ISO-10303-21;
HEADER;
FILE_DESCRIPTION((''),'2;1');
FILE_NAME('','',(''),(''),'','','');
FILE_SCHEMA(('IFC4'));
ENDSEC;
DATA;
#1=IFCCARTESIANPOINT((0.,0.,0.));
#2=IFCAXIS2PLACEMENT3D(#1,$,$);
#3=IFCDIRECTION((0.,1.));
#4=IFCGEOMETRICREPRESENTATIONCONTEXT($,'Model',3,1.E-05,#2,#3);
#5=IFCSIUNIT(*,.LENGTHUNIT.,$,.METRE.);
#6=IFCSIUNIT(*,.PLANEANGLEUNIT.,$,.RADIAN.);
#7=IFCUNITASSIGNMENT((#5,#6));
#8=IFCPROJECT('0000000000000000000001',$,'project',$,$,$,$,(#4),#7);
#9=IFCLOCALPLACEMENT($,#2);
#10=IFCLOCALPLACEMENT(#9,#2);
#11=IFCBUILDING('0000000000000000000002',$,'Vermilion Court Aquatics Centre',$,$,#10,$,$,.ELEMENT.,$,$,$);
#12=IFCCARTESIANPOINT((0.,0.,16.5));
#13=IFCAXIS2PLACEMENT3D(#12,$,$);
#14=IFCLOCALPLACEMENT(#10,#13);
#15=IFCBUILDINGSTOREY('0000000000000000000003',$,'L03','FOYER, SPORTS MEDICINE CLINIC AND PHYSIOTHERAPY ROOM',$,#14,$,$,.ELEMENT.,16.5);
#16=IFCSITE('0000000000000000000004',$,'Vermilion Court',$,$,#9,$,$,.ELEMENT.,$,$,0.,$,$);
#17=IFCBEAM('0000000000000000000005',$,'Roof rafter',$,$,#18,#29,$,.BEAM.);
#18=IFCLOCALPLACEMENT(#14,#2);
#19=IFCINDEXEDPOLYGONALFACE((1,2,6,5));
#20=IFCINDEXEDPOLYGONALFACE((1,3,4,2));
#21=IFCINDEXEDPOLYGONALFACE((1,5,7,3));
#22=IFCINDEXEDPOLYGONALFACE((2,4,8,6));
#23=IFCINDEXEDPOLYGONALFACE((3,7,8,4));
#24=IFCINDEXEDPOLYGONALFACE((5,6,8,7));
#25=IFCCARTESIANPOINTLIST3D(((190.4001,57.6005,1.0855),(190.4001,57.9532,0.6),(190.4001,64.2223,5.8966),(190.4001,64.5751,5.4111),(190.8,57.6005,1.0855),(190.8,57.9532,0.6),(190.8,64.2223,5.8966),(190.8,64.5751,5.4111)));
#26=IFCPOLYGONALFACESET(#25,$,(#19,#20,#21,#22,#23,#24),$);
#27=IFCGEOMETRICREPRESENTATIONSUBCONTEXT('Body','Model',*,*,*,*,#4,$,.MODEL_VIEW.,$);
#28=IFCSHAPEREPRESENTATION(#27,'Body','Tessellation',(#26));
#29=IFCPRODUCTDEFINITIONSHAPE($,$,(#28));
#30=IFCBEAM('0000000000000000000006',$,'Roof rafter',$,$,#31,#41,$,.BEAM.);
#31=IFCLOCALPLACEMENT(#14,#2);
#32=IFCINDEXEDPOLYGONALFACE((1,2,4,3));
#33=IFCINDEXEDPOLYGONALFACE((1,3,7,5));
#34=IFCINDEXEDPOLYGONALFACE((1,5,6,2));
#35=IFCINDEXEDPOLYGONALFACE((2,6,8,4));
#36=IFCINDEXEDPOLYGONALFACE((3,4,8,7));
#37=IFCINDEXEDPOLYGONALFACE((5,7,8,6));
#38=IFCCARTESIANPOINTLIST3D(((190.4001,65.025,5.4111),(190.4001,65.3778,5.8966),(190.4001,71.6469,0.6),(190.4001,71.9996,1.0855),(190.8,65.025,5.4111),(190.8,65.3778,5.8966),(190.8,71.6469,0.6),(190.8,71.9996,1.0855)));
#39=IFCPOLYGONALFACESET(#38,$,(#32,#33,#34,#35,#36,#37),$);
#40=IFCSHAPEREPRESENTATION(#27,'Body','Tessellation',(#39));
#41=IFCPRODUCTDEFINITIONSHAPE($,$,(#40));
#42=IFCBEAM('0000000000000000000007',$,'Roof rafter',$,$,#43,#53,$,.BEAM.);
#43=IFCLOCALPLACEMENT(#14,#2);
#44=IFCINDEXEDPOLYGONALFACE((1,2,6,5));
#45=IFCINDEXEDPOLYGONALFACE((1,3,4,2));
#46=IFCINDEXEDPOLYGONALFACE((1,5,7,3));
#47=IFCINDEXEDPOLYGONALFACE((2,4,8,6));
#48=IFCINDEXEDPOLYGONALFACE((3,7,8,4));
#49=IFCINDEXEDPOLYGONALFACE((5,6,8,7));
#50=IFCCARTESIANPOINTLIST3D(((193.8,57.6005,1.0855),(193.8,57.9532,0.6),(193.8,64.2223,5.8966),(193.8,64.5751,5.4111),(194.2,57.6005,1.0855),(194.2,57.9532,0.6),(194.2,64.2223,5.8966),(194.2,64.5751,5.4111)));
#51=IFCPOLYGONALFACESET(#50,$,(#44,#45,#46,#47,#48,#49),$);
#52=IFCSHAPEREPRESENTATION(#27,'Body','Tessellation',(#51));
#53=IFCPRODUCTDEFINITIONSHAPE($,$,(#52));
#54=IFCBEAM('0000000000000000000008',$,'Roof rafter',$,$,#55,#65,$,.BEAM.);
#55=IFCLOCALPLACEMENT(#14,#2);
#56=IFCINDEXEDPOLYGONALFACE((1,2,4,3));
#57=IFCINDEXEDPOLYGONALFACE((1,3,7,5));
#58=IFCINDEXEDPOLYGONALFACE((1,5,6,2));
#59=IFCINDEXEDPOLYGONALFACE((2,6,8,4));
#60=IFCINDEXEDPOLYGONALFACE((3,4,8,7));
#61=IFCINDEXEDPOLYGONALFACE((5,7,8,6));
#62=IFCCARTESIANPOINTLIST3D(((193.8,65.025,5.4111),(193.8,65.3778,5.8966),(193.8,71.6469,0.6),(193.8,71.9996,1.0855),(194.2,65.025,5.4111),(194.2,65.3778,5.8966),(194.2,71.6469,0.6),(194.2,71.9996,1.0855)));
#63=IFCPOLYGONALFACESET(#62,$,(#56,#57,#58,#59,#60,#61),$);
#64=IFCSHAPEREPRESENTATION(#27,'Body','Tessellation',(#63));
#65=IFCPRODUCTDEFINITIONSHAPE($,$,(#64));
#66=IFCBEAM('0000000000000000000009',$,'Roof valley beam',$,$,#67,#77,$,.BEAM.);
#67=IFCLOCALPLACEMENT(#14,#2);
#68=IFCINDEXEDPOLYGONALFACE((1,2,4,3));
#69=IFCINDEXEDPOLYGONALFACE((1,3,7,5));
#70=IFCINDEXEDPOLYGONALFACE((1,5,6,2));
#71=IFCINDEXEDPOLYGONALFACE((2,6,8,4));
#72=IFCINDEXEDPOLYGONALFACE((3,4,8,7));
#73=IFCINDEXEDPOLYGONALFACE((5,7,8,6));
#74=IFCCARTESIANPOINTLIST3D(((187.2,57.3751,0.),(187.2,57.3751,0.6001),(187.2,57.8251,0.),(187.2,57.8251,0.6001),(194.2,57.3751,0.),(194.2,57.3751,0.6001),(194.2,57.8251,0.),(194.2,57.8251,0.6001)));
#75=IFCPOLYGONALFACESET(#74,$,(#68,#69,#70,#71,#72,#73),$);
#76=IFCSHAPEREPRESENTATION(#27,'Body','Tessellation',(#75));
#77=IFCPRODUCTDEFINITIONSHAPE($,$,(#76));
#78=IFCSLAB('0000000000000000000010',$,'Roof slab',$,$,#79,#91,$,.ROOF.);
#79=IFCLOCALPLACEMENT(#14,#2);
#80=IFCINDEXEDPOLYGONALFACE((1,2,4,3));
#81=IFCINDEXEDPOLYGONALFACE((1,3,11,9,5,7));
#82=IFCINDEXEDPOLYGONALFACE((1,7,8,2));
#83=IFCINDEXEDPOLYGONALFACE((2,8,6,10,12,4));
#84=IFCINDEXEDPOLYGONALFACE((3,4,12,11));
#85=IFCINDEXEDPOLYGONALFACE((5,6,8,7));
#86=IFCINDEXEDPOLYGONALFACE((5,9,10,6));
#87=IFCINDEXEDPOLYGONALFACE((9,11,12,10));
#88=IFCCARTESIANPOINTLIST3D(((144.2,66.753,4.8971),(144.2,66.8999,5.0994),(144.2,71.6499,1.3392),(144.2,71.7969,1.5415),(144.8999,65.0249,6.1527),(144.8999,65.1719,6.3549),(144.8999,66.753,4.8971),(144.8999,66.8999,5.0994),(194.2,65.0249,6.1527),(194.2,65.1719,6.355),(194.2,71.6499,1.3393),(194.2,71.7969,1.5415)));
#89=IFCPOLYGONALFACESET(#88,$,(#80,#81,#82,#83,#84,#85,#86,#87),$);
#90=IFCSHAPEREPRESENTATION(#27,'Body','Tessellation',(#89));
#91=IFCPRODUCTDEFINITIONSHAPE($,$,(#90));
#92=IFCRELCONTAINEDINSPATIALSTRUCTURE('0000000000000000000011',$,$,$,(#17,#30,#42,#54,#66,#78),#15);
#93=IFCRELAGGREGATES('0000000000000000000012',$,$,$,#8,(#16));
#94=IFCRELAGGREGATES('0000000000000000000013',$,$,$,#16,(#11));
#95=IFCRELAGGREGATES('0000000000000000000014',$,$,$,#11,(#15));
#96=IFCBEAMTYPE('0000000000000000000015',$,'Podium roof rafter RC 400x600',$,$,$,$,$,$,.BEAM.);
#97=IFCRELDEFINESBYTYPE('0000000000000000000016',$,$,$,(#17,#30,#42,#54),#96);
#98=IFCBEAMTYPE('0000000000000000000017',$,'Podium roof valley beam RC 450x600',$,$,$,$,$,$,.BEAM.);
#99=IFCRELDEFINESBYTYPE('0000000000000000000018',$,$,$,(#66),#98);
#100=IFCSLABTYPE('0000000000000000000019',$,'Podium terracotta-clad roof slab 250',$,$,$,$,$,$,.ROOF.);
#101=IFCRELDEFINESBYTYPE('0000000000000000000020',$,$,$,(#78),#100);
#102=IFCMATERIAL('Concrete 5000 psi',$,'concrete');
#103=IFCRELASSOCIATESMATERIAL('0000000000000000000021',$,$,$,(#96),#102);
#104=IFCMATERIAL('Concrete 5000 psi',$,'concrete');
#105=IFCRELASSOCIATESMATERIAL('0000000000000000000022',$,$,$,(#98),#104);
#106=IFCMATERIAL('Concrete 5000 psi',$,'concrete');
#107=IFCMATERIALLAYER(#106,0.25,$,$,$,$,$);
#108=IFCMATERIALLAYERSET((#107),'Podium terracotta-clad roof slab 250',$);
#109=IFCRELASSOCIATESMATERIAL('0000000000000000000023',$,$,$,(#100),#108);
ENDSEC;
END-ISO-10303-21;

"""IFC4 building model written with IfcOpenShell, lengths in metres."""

from ifc_helpers import new_model, si_unit, direction, frame, origin, origin_2d, place, context, subcontext, project, spatial, polyline, rectangle, outline, extrude, material, layer, layer_set, material_profile, profile_set, type_object, element, save


model = new_model("IFC4")

# Units and contexts
model_context = context("Model", 3, precision=1e-05, world=origin(), true_north=direction((0.0, 1.0)))
body_context = subcontext(model_context, "Body", "Model", "MODEL_VIEW")
ifc_project = project(units=[si_unit("LENGTHUNIT", "METRE"), si_unit("PLANEANGLEUNIT", "RADIAN")], contexts=[model_context])

# Site, building, storey
site_placement = place(None, origin())
site = spatial("IfcSite", under=ifc_project, at=site_placement, Name="Vermilion Court", CompositionType="ELEMENT", RefElevation=0.0)
building_placement = place(site_placement, origin())
building = spatial("IfcBuilding", under=site, at=building_placement, Name="Vermilion Court Aquatics Centre", CompositionType="ELEMENT")
storey_placement = place(building_placement, frame((0.0, 0.0, 16.5)))
storey = spatial("IfcBuildingStorey", under=building, at=storey_placement, Name="L03", Description="FOYER, SPORTS MEDICINE CLINIC AND PHYSIOTHERAPY ROOM", CompositionType="ELEMENT", Elevation=16.5)

# Beams
ifc_material_1 = material(Name="Concrete 5000 psi", Category="concrete")
ifc_material_profile_1 = material_profile(ifc_material_1, rectangle(XDim=0.3999, YDim=0.6001, at=origin_2d()), Name="RC 400x600")
ifc_profile_set_1 = profile_set([ifc_material_profile_1], Name="Concrete 5000 psi")
beam_type_1 = type_object("IfcBeamType", Name="Podium roof rafter RC 400x600", PredefinedType="BEAM", material=ifc_profile_set_1)
for number, where, z_axis, x_axis, name in (
    (1, (190.6001, 57.7769, 0.8428), (0.0, 0.809017, 0.587785), (-1.0, 0.0, 0.0), "Roof rafter"),
    (2, (190.6001, 71.8232, 0.8428), (0.0, -0.809017, 0.587785), (1.0, 0.0, 0.0), "Roof rafter"),
    (3, (194.0, 57.7769, 0.8428), (0.0, 0.809017, 0.587785), (-1.0, 0.0, 0.0), "Roof rafter"),
    (4, (194.0, 71.8232, 0.8428), (0.0, -0.809017, 0.587785), (1.0, 0.0, 0.0), "Roof rafter"),
):
    element("IfcBeam", number, at=place(storey_placement, frame(where, z_axis=z_axis, x_axis=x_axis)), inside=storey, type_object=beam_type_1, Name=name, PredefinedType="BEAM", context=body_context, shape_type="SweptSolid", body=[
        extrude(rectangle(XDim=0.3999, YDim=0.6001, at=origin_2d()), origin(), (0.0, 0.0, 1.0), 8.1851),
    ])
ifc_material_2 = material(Name="Concrete 5000 psi", Category="concrete")
ifc_material_profile_2 = material_profile(ifc_material_2, rectangle(XDim=0.45, YDim=0.6001, at=origin_2d()), Name="RC 450x600")
ifc_profile_set_2 = profile_set([ifc_material_profile_2], Name="Concrete 5000 psi")
beam_type_2 = type_object("IfcBeamType", Name="Podium roof valley beam RC 450x600", PredefinedType="BEAM", material=ifc_profile_set_2)
beam_placement = place(storey_placement, frame((187.2, 57.6001, 0.3), z_axis=(1.0, 0.0, 0.0), x_axis=(0.0, 1.0, 0.0)))
element("IfcBeam", 5, at=beam_placement, inside=storey, type_object=beam_type_2, Name="Roof valley beam", PredefinedType="BEAM", context=body_context, shape_type="SweptSolid", body=[
    extrude(rectangle(XDim=0.45, YDim=0.6001, at=origin_2d()), origin(), (0.0, 0.0, 1.0), 7.0),
])

# Slab
ifc_material_3 = material(Name="Concrete 5000 psi", Category="concrete")
ifc_layer_1 = layer(ifc_material_3, 0.25)
ifc_layer_set_1 = layer_set([ifc_layer_1], Name="Podium terracotta-clad roof slab 250")
slab_type = type_object("IfcSlabType", Name="Podium terracotta-clad roof slab 250", PredefinedType="ROOF", material=ifc_layer_set_1)
slab_placement = place(storey_placement, frame((194.2, 65.1719, 6.355), z_axis=(-0.000001, 0.587796, 0.809009), x_axis=(0.0, 0.809009, -0.587796)))
element("IfcSlab", 6, at=slab_placement, inside=storey, type_object=slab_type, Name="Roof slab", PredefinedType="ROOF", context=body_context, shape_type="SweptSolid", body=[
    extrude(outline(polyline([(0.0, 0.0), (8.189, 0.0), (8.189, 50.0), (2.136, 50.0), (2.136, 49.3), (0.0, 49.3), (0.0, 0.0)])), origin(), (0.0, 0.0, -1.0), 0.25),
])

save(model, "model.ifc")
